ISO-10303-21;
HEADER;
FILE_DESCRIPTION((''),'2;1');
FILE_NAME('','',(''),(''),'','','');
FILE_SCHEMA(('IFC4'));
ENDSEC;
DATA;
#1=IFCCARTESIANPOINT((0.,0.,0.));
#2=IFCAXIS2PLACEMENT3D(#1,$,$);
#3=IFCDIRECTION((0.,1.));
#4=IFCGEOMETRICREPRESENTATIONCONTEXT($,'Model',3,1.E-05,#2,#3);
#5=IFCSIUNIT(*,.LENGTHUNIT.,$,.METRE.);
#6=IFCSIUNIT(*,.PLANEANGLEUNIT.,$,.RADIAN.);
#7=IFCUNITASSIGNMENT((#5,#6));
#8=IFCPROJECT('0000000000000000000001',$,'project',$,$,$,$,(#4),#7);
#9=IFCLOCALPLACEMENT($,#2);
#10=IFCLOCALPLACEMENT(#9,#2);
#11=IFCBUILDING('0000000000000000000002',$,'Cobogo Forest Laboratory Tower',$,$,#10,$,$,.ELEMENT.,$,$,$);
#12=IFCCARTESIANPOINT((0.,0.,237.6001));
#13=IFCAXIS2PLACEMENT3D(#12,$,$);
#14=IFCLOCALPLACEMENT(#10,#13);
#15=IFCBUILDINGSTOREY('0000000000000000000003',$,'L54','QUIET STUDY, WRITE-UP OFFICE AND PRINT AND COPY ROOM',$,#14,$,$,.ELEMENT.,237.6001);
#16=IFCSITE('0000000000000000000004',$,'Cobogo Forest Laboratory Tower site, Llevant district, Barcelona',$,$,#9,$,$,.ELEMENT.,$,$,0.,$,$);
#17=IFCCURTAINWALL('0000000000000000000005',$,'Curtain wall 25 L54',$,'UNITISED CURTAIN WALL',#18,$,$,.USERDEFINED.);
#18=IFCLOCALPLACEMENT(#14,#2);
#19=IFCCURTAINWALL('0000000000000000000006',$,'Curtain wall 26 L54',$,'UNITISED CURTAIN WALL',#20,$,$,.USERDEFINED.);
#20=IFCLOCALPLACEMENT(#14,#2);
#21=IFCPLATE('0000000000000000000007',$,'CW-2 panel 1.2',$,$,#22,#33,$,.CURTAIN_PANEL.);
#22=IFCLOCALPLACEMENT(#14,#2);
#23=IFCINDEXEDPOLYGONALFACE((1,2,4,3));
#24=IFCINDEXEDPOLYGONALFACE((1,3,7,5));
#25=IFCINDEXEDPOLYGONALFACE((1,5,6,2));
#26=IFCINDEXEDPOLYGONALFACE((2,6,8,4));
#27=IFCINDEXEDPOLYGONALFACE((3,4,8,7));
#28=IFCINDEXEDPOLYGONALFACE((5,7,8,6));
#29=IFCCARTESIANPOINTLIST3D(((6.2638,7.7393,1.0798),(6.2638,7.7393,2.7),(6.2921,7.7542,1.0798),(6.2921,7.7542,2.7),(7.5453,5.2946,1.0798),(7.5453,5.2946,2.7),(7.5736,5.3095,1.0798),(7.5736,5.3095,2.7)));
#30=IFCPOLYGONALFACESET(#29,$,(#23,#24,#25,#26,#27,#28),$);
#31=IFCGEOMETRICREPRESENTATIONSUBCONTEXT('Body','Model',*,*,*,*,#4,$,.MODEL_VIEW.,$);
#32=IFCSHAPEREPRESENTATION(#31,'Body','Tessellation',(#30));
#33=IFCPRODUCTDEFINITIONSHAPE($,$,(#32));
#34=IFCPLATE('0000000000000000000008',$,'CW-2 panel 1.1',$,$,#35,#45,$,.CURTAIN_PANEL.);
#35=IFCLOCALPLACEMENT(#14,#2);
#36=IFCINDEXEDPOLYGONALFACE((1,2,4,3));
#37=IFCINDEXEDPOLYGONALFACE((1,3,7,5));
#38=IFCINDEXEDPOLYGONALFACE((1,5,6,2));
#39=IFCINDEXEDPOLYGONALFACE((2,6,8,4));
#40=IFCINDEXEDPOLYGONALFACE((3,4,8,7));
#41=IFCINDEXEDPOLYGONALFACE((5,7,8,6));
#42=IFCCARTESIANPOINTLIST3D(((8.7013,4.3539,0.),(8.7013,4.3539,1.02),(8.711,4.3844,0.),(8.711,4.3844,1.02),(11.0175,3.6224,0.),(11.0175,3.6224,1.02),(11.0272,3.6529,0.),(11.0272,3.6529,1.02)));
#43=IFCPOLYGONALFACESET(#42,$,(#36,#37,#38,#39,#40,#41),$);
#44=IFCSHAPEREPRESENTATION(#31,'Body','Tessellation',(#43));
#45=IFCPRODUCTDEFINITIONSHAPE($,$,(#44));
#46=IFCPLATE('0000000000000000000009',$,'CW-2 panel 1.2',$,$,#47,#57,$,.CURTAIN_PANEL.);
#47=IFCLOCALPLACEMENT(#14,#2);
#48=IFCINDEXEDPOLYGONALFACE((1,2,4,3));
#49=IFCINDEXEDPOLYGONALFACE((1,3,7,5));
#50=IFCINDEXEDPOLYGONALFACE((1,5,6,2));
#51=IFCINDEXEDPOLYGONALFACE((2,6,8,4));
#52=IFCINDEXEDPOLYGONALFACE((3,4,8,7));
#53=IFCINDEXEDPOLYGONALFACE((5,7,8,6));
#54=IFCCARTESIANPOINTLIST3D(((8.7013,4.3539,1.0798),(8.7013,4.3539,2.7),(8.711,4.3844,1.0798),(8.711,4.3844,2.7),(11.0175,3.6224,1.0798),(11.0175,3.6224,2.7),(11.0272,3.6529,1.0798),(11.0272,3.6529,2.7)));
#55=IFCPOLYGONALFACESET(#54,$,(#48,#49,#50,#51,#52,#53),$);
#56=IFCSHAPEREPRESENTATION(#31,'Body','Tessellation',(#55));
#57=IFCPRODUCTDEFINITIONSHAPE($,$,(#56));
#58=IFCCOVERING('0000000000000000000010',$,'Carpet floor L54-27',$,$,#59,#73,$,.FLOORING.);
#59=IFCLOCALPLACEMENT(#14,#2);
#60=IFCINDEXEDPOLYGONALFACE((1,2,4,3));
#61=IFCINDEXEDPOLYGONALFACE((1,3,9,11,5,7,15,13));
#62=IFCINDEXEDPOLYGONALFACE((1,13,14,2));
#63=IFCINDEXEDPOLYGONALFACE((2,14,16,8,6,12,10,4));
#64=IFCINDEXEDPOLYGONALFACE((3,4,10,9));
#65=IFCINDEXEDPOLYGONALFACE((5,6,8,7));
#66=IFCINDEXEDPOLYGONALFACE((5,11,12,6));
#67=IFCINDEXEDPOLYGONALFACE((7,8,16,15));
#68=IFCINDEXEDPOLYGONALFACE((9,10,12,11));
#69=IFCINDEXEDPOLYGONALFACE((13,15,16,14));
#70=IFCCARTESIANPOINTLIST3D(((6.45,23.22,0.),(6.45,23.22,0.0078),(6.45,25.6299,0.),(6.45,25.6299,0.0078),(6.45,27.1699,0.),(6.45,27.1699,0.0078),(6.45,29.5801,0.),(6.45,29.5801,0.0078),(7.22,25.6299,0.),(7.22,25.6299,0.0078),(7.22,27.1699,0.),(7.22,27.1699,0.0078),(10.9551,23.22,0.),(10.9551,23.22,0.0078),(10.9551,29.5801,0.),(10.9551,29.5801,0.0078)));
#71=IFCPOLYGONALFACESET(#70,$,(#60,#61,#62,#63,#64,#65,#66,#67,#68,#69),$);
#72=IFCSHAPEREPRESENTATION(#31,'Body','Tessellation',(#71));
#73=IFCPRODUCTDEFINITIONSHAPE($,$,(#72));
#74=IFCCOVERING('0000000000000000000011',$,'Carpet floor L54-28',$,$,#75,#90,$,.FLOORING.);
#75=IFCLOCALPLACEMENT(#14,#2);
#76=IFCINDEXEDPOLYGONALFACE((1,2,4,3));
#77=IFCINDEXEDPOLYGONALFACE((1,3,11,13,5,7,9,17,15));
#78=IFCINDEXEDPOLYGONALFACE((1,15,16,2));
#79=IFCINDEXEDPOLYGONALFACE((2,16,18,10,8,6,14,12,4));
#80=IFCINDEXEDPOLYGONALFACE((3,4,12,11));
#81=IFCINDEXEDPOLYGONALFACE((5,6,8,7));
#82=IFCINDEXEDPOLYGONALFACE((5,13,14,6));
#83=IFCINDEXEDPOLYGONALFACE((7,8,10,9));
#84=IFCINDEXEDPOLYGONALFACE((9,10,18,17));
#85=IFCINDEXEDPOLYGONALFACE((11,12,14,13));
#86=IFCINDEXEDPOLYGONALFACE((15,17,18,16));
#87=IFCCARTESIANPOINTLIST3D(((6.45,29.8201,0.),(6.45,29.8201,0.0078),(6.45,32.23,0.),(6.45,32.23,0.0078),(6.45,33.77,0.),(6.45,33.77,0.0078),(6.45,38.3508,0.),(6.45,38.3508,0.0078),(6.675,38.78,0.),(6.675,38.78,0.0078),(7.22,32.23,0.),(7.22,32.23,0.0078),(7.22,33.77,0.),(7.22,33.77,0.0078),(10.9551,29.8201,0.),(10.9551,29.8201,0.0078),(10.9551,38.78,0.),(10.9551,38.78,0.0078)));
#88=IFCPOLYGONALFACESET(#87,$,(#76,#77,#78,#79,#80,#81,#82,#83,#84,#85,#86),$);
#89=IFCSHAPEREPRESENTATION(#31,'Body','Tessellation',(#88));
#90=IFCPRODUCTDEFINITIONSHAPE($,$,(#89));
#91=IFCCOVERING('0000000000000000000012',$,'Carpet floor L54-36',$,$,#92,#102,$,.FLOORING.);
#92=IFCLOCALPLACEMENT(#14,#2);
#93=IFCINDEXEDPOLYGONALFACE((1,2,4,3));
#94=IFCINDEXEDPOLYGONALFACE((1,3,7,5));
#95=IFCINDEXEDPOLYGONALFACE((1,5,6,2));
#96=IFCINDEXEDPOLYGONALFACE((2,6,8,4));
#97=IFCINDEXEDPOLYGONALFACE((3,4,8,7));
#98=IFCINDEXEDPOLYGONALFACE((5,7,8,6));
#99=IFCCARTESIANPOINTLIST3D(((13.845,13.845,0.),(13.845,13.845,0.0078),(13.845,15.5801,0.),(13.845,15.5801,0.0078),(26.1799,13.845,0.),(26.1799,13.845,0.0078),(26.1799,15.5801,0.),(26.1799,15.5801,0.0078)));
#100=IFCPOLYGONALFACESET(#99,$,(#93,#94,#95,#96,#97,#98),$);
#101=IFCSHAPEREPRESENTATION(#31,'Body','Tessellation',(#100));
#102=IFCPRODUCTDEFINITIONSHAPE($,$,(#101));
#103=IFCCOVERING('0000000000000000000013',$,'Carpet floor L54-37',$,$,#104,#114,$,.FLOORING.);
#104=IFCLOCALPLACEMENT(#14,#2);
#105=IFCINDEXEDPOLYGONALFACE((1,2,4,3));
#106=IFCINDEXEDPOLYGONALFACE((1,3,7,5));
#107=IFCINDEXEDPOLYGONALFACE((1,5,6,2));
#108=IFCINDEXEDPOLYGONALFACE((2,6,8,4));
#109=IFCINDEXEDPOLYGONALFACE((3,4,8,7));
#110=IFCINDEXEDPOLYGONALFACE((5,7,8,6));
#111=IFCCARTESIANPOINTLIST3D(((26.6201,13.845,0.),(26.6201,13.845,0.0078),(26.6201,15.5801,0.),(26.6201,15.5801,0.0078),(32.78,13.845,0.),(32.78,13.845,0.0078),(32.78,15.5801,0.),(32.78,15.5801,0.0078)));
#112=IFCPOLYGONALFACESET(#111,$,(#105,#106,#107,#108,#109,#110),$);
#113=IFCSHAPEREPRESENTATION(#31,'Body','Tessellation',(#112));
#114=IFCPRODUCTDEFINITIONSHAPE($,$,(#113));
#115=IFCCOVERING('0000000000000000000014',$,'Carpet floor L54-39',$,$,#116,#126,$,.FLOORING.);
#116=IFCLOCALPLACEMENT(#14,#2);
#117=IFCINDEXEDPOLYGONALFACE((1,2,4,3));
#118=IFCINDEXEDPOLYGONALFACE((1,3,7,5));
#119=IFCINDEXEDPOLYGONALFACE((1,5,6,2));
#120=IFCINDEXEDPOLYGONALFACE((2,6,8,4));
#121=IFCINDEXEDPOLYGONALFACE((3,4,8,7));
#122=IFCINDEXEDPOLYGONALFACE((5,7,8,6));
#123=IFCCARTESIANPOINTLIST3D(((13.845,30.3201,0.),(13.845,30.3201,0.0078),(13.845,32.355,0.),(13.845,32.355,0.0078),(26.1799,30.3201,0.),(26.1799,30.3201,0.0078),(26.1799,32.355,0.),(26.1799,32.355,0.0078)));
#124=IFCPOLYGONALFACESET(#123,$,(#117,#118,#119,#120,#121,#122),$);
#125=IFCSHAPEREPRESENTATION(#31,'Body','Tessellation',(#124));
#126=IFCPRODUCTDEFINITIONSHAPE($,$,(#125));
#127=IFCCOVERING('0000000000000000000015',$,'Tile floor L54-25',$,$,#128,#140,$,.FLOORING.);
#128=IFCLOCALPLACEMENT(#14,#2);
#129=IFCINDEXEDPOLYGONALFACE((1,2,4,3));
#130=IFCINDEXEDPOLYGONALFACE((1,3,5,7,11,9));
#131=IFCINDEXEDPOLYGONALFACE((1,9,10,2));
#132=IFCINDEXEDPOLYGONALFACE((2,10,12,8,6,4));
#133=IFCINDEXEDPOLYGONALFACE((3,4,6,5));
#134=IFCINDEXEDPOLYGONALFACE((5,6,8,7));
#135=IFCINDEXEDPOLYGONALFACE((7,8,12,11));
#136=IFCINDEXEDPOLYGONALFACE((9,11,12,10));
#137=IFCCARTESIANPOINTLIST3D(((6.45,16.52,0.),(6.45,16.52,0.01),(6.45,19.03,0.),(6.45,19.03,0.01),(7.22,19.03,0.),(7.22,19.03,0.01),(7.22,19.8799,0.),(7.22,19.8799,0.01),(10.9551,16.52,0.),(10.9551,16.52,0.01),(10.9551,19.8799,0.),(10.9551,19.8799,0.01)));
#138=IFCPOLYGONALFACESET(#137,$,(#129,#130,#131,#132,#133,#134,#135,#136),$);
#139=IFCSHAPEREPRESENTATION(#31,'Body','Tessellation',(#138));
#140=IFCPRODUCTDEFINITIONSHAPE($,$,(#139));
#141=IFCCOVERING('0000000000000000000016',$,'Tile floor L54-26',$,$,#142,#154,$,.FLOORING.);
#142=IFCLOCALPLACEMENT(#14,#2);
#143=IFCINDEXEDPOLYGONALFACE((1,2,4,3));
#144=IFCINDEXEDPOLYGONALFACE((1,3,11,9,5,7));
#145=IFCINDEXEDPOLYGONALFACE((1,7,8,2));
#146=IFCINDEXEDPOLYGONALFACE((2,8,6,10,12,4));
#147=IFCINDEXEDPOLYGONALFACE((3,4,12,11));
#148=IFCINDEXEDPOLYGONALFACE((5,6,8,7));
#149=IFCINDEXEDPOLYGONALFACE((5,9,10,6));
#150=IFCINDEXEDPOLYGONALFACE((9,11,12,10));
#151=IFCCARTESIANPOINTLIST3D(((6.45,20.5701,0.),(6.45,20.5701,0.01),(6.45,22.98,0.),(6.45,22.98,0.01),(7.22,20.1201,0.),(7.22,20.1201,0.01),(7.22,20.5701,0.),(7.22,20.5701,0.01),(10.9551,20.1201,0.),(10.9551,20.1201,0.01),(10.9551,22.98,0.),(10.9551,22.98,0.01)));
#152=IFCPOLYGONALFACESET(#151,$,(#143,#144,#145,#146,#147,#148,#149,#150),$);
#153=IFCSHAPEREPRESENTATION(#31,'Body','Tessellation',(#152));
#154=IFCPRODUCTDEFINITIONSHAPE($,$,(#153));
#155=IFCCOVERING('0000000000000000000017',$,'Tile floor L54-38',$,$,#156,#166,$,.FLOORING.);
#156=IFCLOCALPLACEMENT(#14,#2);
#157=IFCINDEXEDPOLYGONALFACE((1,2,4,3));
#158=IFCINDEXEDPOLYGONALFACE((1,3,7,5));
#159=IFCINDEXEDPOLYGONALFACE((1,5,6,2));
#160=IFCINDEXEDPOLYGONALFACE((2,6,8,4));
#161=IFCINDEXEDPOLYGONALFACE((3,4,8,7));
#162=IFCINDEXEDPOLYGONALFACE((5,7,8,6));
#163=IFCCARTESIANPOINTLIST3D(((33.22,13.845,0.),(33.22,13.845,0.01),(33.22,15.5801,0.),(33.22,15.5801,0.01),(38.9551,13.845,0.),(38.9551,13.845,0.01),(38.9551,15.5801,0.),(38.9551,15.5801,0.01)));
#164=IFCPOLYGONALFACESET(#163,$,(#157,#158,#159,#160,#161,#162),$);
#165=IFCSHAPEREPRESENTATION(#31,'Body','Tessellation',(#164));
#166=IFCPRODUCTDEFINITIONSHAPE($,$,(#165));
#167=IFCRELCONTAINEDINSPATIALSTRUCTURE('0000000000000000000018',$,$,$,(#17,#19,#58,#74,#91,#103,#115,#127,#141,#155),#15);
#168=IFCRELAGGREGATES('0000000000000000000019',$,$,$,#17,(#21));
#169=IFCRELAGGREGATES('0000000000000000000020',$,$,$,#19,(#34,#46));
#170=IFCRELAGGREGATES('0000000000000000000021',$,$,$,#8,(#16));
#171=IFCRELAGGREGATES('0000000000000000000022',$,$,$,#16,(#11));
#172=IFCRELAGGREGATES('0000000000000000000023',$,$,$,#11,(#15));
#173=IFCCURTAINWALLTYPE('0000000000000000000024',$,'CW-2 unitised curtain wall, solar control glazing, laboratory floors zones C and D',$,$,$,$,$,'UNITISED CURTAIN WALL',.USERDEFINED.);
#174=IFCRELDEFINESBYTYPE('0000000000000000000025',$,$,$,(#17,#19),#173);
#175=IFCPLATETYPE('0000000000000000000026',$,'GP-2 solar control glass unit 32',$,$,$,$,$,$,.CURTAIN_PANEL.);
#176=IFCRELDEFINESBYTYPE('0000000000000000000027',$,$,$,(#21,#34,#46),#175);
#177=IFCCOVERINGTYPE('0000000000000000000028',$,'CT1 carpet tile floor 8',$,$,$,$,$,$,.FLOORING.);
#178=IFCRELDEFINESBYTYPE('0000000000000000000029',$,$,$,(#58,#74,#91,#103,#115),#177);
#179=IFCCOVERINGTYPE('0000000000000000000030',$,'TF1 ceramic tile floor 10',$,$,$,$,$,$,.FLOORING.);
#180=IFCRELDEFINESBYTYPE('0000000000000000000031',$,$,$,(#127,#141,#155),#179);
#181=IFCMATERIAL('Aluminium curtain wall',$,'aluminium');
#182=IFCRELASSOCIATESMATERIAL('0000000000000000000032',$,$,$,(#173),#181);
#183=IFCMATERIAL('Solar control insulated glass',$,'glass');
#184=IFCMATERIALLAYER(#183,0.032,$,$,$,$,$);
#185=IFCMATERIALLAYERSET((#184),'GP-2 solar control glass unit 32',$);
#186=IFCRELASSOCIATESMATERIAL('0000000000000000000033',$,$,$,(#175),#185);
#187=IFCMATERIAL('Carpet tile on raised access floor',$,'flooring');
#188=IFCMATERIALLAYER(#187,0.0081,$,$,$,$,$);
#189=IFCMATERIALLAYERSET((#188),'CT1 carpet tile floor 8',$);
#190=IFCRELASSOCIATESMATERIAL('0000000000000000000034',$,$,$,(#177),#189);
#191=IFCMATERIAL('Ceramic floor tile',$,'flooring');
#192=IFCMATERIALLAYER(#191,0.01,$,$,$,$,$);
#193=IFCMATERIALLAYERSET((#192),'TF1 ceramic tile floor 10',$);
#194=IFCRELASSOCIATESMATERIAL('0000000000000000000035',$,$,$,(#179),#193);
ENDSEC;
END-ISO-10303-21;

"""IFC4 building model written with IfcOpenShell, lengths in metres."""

from ifc_helpers import new_model, si_unit, direction, frame, origin, origin_2d, place, context, subcontext, project, spatial, polyline, rectangle, outline, extrude, material, layer, layer_set, type_object, element, aggregate, save


model = new_model("IFC4")

# Units and contexts
model_context = context("Model", 3, precision=1e-05, world=origin(), true_north=direction((0.0, 1.0)))
body_context = subcontext(model_context, "Body", "Model", "MODEL_VIEW")
ifc_project = project(units=[si_unit("LENGTHUNIT", "METRE"), si_unit("PLANEANGLEUNIT", "RADIAN")], contexts=[model_context])

# Site, building, storey
site_placement = place(None, origin())
site = spatial("IfcSite", under=ifc_project, at=site_placement, Name="Cobogo Forest Laboratory Tower site, Llevant district, Barcelona", CompositionType="ELEMENT", RefElevation=0.0)
building_placement = place(site_placement, origin())
building = spatial("IfcBuilding", under=site, at=building_placement, Name="Cobogo Forest Laboratory Tower", CompositionType="ELEMENT")
storey_placement = place(building_placement, frame((0.0, 0.0, 237.6001)))
storey = spatial("IfcBuildingStorey", under=building, at=storey_placement, Name="L54", Description="QUIET STUDY, WRITE-UP OFFICE AND PRINT AND COPY ROOM", CompositionType="ELEMENT", Elevation=237.6001)

# Curtain wall
ifc_material_1 = material(Name="Aluminium curtain wall", Category="aluminium")
curtain_wall_type = type_object("IfcCurtainWallType", Name="CW-2 unitised curtain wall, solar control glazing, laboratory floors zones C and D", ElementType="UNITISED CURTAIN WALL", PredefinedType="USERDEFINED", material=ifc_material_1)
curtain_wall_1_placement = place(storey_placement, origin())
curtain_wall_1 = element("IfcCurtainWall", 1, at=curtain_wall_1_placement, inside=storey, type_object=curtain_wall_type, Name="Curtain wall 25 L54", ObjectType="UNITISED CURTAIN WALL", PredefinedType="USERDEFINED")

# Curtain wall
curtain_wall_2_placement = place(storey_placement, origin())
curtain_wall_2 = element("IfcCurtainWall", 2, at=curtain_wall_2_placement, inside=storey, type_object=curtain_wall_type, Name="Curtain wall 26 L54", ObjectType="UNITISED CURTAIN WALL", PredefinedType="USERDEFINED")

# Plates
ifc_material_2 = material(Name="Solar control insulated glass", Category="glass")
ifc_layer_1 = layer(ifc_material_2, 0.032)
ifc_layer_set_1 = layer_set([ifc_layer_1], Name="GP-2 solar control glass unit 32")
plate_type = type_object("IfcPlateType", Name="GP-2 solar control glass unit 32", PredefinedType="CURTAIN_PANEL", material=ifc_layer_set_1)
plate_1_placement = place(storey_placement, frame((6.9187, 6.5244, 1.0798), z_axis=(0.0, 0.0, 1.0), x_axis=(0.464284, -0.885686, 0.0)))
plate_1 = element("IfcPlate", 3, at=plate_1_placement, type_object=plate_type, Name="CW-2 panel 1.2", PredefinedType="CURTAIN_PANEL", context=body_context, shape_type="SweptSolid", body=[
    extrude(rectangle(XDim=2.7603, YDim=0.032, at=origin_2d()), origin(), (0.0, 0.0, 1.0), 1.6201),
])
aggregate(curtain_wall_1, [plate_1])
plate_2_placement = place(storey_placement, frame((9.8643, 4.0034, 0.0), z_axis=(0.0, 0.0, 1.0), x_axis=(0.953581, -0.301136, 0.0)))
plate_2 = element("IfcPlate", 4, at=plate_2_placement, type_object=plate_type, Name="CW-2 panel 1.1", PredefinedType="CURTAIN_PANEL", context=body_context, shape_type="SweptSolid", body=[
    extrude(rectangle(XDim=2.429, YDim=0.032, at=origin_2d()), origin(), (0.0, 0.0, 1.0), 1.02),
])
plate_3_placement = place(storey_placement, frame((9.8643, 4.0034, 1.0798), z_axis=(0.0, 0.0, 1.0), x_axis=(0.953581, -0.301136, 0.0)))
plate_3 = element("IfcPlate", 5, at=plate_3_placement, type_object=plate_type, Name="CW-2 panel 1.2", PredefinedType="CURTAIN_PANEL", context=body_context, shape_type="SweptSolid", body=[
    extrude(rectangle(XDim=2.429, YDim=0.032, at=origin_2d()), origin(), (0.0, 0.0, 1.0), 1.6201),
])
aggregate(curtain_wall_2, [plate_2, plate_3])

# Coverings
ifc_material_3 = material(Name="Carpet tile on raised access floor", Category="flooring")
ifc_layer_2 = layer(ifc_material_3, 0.0081)
ifc_layer_set_2 = layer_set([ifc_layer_2], Name="CT1 carpet tile floor 8")
covering_type_1 = type_object("IfcCoveringType", Name="CT1 carpet tile floor 8", PredefinedType="FLOORING", material=ifc_layer_set_2)
covering_1_placement = place(storey_placement, origin())
element("IfcCovering", 6, at=covering_1_placement, inside=storey, type_object=covering_type_1, Name="Carpet floor L54-27", PredefinedType="FLOORING", context=body_context, shape_type="SweptSolid", body=[
    extrude(outline(polyline([(10.9551, 23.22), (6.45, 23.22), (6.45, 25.6299), (7.22, 25.6299), (7.22, 27.1699), (6.45, 27.1699), (6.45, 29.5801), (10.9551, 29.5801), (10.9551, 23.22)])), origin(), (0.0, 0.0, 1.0), 0.0078),
])
covering_2_placement = place(storey_placement, origin())
element("IfcCovering", 7, at=covering_2_placement, inside=storey, type_object=covering_type_1, Name="Carpet floor L54-28", PredefinedType="FLOORING", context=body_context, shape_type="SweptSolid", body=[
    extrude(outline(polyline([(10.9551, 29.8201), (6.45, 29.8201), (6.45, 32.23), (7.22, 32.23), (7.22, 33.77), (6.45, 33.77), (6.45, 38.3508), (6.675, 38.78), (10.9551, 38.78), (10.9551, 29.8201)])), origin(), (0.0, 0.0, 1.0), 0.0078),
])
covering_3_placement = place(storey_placement, origin())
element("IfcCovering", 8, at=covering_3_placement, inside=storey, type_object=covering_type_1, Name="Carpet floor L54-36", PredefinedType="FLOORING", context=body_context, shape_type="SweptSolid", body=[
    extrude(outline(polyline([(26.1799, 13.845), (13.845, 13.845), (13.845, 15.5801), (26.1799, 15.5801), (26.1799, 13.845)])), origin(), (0.0, 0.0, 1.0), 0.0078),
])
covering_4_placement = place(storey_placement, origin())
element("IfcCovering", 9, at=covering_4_placement, inside=storey, type_object=covering_type_1, Name="Carpet floor L54-37", PredefinedType="FLOORING", context=body_context, shape_type="SweptSolid", body=[
    extrude(outline(polyline([(32.78, 13.845), (26.6201, 13.845), (26.6201, 15.5801), (32.78, 15.5801), (32.78, 13.845)])), origin(), (0.0, 0.0, 1.0), 0.0078),
])
covering_5_placement = place(storey_placement, origin())
element("IfcCovering", 10, at=covering_5_placement, inside=storey, type_object=covering_type_1, Name="Carpet floor L54-39", PredefinedType="FLOORING", context=body_context, shape_type="SweptSolid", body=[
    extrude(outline(polyline([(26.1799, 30.3201), (13.845, 30.3201), (13.845, 32.355), (26.1799, 32.355), (26.1799, 30.3201)])), origin(), (0.0, 0.0, 1.0), 0.0078),
])
ifc_material_4 = material(Name="Ceramic floor tile", Category="flooring")
ifc_layer_3 = layer(ifc_material_4, 0.01)
ifc_layer_set_3 = layer_set([ifc_layer_3], Name="TF1 ceramic tile floor 10")
covering_type_2 = type_object("IfcCoveringType", Name="TF1 ceramic tile floor 10", PredefinedType="FLOORING", material=ifc_layer_set_3)
covering_6_placement = place(storey_placement, origin())
element("IfcCovering", 11, at=covering_6_placement, inside=storey, type_object=covering_type_2, Name="Tile floor L54-25", PredefinedType="FLOORING", context=body_context, shape_type="SweptSolid", body=[
    extrude(outline(polyline([(10.9551, 16.52), (6.45, 16.52), (6.45, 19.03), (7.22, 19.03), (7.22, 19.8799), (10.9551, 19.8799), (10.9551, 16.52)])), origin(), (0.0, 0.0, 1.0), 0.01),
])
covering_7_placement = place(storey_placement, origin())
element("IfcCovering", 12, at=covering_7_placement, inside=storey, type_object=covering_type_2, Name="Tile floor L54-26", PredefinedType="FLOORING", context=body_context, shape_type="SweptSolid", body=[
    extrude(outline(polyline([(10.9551, 20.1201), (7.22, 20.1201), (7.22, 20.5701), (6.45, 20.5701), (6.45, 22.98), (10.9551, 22.98), (10.9551, 20.1201)])), origin(), (0.0, 0.0, 1.0), 0.01),
])
covering_8_placement = place(storey_placement, origin())
element("IfcCovering", 13, at=covering_8_placement, inside=storey, type_object=covering_type_2, Name="Tile floor L54-38", PredefinedType="FLOORING", context=body_context, shape_type="SweptSolid", body=[
    extrude(outline(polyline([(38.9551, 13.845), (33.22, 13.845), (33.22, 15.5801), (38.9551, 15.5801), (38.9551, 13.845)])), origin(), (0.0, 0.0, 1.0), 0.01),
])

save(model, "model.ifc")
